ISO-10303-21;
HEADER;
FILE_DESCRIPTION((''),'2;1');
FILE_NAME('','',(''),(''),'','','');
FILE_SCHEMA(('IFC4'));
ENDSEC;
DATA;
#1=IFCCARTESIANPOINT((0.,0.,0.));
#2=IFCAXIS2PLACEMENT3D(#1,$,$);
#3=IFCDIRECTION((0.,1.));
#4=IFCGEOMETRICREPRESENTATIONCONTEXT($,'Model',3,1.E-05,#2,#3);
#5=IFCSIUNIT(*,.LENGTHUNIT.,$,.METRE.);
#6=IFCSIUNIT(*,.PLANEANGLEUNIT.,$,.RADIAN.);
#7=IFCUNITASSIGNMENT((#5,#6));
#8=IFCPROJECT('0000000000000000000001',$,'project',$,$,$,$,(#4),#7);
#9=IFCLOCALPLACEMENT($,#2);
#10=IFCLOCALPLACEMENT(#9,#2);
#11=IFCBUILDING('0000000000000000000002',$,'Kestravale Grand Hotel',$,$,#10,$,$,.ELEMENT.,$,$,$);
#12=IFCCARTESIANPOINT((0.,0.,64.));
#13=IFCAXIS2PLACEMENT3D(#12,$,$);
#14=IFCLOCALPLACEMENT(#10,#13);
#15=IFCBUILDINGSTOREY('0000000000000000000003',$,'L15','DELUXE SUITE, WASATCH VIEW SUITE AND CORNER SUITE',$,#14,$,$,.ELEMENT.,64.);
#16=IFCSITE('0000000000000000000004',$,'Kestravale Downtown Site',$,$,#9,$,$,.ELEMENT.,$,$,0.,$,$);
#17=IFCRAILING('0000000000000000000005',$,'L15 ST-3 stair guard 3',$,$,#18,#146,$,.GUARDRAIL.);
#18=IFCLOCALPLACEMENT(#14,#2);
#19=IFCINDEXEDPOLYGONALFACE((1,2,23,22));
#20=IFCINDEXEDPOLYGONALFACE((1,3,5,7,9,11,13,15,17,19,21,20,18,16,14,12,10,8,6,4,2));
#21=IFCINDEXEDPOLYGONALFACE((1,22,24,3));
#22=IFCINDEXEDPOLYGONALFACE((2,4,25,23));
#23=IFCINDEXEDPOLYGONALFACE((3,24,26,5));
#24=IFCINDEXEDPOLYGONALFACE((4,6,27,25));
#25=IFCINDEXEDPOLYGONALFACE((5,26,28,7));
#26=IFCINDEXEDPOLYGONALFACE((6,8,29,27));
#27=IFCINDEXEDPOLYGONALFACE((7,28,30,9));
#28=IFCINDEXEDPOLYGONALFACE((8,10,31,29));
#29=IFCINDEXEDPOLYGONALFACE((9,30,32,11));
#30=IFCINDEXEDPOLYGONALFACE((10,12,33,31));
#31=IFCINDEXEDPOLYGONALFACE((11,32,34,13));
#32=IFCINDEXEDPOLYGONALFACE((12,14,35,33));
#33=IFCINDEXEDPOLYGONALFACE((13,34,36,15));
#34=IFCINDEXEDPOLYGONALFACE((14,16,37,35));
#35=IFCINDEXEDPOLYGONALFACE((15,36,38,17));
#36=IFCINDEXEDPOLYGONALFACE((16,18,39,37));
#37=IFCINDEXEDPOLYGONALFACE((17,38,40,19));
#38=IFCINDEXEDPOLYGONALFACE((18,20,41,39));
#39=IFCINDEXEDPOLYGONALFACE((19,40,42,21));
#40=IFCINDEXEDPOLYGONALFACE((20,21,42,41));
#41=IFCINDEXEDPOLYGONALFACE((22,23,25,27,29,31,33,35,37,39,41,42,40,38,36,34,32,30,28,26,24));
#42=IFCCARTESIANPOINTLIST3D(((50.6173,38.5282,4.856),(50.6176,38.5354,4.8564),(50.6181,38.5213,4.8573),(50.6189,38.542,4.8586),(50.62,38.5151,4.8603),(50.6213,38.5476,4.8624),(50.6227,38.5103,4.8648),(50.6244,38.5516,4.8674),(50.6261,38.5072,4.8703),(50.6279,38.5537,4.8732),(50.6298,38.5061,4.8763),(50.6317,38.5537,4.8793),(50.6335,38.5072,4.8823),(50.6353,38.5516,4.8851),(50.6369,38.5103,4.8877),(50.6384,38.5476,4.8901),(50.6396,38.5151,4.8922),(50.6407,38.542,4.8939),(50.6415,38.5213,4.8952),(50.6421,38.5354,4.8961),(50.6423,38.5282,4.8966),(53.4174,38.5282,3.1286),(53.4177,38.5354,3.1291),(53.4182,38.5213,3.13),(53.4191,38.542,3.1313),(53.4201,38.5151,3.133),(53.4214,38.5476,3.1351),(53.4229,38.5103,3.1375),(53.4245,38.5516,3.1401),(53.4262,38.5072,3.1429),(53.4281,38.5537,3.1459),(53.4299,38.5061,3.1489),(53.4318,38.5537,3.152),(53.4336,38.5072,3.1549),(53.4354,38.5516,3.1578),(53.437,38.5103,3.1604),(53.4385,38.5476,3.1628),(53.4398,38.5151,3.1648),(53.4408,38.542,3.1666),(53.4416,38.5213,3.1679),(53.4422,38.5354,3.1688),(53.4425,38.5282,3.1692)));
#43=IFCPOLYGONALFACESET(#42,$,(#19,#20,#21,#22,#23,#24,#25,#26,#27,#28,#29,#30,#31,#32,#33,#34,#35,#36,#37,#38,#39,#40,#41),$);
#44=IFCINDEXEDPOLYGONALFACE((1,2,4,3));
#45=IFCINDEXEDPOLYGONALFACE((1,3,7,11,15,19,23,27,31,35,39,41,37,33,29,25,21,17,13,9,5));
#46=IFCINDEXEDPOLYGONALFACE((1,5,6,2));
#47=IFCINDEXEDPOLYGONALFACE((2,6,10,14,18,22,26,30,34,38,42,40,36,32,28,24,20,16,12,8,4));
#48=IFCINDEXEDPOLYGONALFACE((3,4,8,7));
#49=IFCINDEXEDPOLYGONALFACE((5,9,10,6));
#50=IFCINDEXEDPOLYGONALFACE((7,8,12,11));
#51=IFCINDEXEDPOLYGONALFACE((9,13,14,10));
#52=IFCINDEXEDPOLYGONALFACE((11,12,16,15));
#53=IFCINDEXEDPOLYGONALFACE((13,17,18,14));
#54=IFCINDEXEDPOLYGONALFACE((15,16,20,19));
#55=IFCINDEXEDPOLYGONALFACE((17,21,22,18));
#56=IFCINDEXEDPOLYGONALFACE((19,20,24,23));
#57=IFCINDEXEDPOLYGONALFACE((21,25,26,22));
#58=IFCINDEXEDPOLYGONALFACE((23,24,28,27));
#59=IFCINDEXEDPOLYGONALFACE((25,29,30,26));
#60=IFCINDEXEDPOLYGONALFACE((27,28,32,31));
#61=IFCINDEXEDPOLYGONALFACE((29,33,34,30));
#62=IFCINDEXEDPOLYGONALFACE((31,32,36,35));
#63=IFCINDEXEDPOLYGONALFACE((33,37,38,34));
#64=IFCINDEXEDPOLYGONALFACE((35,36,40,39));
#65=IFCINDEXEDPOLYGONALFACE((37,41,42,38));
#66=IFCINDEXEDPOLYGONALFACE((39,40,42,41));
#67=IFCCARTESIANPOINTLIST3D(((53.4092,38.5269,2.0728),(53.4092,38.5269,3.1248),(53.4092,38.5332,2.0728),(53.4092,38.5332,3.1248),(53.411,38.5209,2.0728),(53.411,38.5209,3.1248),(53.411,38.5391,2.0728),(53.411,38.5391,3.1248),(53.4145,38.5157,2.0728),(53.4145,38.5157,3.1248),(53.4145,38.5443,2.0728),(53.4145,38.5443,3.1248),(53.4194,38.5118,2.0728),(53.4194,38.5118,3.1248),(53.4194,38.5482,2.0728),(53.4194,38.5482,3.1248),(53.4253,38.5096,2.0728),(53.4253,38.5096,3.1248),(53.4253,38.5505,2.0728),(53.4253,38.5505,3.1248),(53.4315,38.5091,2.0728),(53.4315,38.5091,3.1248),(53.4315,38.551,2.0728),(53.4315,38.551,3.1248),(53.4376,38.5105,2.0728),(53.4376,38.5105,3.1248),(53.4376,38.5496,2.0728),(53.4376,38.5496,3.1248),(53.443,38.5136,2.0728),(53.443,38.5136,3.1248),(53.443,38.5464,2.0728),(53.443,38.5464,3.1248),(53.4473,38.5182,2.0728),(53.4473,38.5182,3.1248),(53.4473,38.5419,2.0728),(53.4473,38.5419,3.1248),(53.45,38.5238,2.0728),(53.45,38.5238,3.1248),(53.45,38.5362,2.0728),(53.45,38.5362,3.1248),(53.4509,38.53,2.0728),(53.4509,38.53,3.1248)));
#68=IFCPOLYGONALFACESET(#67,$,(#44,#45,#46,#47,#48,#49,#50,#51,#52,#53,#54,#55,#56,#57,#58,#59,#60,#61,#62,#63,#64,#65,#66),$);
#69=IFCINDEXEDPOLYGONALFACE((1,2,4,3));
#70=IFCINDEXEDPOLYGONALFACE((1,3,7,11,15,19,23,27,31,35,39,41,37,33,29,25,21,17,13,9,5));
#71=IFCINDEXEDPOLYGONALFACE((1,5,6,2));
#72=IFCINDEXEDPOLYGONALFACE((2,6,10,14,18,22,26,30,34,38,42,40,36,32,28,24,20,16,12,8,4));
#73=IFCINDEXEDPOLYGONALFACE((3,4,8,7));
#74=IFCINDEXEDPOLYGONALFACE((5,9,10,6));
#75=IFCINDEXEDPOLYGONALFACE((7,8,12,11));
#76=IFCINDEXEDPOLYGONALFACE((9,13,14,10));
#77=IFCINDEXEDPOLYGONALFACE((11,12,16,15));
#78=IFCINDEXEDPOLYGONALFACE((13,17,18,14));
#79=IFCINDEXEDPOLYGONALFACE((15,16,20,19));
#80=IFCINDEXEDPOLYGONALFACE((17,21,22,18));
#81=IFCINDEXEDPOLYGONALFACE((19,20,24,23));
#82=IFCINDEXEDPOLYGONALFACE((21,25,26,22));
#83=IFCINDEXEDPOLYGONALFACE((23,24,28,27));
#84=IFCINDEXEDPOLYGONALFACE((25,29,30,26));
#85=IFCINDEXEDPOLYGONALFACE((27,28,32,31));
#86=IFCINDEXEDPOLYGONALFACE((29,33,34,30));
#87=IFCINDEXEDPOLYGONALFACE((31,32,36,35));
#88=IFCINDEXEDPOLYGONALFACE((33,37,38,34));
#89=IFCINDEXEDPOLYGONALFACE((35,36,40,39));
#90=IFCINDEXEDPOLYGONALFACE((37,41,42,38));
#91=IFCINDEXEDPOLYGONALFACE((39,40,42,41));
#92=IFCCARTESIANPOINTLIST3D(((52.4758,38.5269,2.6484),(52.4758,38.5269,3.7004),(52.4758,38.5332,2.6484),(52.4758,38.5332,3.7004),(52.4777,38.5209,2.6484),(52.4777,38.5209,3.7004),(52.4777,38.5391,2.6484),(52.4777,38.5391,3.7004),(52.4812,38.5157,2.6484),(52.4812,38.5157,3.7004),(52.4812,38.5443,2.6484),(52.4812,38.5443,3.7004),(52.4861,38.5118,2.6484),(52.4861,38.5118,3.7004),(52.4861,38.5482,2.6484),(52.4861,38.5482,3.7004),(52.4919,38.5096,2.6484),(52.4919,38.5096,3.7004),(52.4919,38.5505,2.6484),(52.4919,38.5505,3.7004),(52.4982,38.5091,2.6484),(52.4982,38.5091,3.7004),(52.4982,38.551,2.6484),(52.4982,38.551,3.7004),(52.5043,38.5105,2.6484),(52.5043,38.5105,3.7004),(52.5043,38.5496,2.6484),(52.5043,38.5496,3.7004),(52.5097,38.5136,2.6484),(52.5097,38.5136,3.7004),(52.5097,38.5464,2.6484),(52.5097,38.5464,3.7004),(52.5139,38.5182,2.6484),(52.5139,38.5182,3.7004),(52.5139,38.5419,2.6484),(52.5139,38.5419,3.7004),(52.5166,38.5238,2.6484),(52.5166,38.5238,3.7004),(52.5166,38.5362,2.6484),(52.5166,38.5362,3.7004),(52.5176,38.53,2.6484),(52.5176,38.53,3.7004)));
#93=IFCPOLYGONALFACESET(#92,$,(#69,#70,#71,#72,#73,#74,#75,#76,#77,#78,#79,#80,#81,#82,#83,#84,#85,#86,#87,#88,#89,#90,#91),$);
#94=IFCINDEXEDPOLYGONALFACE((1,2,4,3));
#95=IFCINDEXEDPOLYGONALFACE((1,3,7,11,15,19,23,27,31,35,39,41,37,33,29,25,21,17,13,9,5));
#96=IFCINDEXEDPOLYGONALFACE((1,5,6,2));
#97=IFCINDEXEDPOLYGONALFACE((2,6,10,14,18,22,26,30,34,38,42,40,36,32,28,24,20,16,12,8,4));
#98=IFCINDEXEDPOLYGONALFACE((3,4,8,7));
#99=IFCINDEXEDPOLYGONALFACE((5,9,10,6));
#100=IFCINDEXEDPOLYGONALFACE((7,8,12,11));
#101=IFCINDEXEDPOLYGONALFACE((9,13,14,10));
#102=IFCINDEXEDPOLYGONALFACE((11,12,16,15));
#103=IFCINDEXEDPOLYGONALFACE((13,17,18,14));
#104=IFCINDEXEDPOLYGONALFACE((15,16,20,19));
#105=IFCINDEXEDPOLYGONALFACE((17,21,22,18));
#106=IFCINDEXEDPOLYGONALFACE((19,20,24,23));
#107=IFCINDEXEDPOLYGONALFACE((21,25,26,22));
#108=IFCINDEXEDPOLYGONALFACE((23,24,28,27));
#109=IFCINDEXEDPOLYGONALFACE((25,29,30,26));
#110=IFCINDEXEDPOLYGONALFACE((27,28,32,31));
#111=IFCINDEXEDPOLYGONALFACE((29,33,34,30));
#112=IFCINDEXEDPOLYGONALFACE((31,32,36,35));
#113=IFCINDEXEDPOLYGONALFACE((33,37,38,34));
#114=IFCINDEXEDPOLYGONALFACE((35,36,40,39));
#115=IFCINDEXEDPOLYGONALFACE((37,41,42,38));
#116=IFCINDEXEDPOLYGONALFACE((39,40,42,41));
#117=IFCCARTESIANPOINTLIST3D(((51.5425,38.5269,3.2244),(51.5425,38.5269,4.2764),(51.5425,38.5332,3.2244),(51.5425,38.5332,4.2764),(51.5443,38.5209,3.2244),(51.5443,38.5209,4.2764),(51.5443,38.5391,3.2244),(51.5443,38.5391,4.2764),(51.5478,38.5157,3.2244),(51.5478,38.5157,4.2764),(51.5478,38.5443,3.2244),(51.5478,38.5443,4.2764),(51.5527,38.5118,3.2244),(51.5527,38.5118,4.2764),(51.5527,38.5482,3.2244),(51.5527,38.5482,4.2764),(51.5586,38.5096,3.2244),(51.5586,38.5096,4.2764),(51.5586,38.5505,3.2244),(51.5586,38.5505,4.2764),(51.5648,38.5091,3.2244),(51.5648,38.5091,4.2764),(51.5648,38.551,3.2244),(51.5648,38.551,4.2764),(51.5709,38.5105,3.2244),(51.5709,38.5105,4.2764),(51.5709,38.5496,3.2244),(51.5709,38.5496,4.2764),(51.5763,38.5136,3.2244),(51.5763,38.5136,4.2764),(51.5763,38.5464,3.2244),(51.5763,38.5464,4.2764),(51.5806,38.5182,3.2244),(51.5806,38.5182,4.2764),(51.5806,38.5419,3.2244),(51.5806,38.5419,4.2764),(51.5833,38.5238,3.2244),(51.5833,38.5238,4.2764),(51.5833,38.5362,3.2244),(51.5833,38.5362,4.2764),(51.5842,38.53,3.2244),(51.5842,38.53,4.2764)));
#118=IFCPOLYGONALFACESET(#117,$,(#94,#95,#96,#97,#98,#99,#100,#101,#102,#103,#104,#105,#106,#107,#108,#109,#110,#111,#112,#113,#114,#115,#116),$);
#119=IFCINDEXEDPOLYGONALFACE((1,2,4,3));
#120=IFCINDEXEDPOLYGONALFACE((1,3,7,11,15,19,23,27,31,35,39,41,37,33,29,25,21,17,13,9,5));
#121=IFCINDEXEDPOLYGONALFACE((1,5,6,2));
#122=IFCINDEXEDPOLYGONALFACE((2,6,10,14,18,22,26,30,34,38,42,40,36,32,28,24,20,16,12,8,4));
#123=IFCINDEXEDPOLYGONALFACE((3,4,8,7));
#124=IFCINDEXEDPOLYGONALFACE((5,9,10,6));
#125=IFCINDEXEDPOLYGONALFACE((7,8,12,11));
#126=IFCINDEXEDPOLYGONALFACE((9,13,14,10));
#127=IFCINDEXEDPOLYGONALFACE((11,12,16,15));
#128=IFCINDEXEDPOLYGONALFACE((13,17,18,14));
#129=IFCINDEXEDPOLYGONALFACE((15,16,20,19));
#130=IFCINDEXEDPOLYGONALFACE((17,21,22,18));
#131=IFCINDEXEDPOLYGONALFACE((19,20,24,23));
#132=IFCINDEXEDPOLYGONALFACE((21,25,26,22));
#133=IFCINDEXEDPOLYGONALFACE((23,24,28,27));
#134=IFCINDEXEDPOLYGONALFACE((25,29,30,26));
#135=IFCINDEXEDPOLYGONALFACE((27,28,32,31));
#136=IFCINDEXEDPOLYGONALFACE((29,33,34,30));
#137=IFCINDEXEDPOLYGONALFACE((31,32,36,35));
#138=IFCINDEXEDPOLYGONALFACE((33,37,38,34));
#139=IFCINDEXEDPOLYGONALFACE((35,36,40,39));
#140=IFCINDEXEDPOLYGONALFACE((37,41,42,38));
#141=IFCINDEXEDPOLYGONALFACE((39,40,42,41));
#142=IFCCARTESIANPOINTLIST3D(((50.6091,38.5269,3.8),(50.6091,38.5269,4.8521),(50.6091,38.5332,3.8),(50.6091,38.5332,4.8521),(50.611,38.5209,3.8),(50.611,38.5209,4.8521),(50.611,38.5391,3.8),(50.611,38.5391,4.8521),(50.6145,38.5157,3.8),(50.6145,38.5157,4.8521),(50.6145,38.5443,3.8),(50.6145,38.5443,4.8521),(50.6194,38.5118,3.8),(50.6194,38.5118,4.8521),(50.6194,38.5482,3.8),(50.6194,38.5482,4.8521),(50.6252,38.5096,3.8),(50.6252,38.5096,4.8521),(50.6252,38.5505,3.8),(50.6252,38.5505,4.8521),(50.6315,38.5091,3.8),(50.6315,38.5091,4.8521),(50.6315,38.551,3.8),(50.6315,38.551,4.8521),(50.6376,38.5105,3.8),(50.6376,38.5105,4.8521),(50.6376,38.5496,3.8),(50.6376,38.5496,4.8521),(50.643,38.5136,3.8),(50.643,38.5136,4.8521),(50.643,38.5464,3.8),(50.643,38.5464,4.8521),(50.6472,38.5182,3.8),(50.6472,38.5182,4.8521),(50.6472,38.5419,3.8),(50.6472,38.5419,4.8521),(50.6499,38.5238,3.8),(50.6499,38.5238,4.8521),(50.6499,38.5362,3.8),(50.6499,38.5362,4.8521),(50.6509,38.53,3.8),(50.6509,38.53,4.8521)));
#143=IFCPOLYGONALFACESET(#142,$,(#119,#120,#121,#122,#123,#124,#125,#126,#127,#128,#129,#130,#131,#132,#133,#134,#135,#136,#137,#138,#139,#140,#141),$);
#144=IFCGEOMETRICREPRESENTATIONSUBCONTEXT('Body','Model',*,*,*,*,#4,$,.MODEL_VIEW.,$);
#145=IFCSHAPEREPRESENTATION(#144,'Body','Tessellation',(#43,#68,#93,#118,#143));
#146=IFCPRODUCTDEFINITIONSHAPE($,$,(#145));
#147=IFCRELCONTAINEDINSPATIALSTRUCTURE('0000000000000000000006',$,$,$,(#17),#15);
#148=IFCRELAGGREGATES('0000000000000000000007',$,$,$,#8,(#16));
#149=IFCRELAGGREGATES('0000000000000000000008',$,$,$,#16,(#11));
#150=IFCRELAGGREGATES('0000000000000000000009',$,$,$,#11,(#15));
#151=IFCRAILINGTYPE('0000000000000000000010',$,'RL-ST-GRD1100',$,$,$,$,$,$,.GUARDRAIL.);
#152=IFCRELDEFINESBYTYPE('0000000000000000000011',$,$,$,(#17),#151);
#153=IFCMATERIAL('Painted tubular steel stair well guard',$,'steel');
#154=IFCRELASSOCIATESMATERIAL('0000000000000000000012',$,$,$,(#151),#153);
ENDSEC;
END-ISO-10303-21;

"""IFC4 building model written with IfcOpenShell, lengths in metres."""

from ifc_helpers import new_model, si_unit, direction, frame, origin, origin_2d, place, context, subcontext, project, spatial, circle, extrude, material, type_object, element, save


model = new_model("IFC4")

# Units and contexts
model_context = context("Model", 3, precision=1e-05, world=origin(), true_north=direction((0.0, 1.0)))
body_context = subcontext(model_context, "Body", "Model", "MODEL_VIEW")
ifc_project = project(units=[si_unit("LENGTHUNIT", "METRE"), si_unit("PLANEANGLEUNIT", "RADIAN")], contexts=[model_context])

# Site, building, storey
site_placement = place(None, origin())
site = spatial("IfcSite", under=ifc_project, at=site_placement, Name="Kestravale Downtown Site", CompositionType="ELEMENT", RefElevation=0.0)
building_placement = place(site_placement, origin())
building = spatial("IfcBuilding", under=site, at=building_placement, Name="Kestravale Grand Hotel", CompositionType="ELEMENT")
storey_placement = place(building_placement, frame((0.0, 0.0, 64.0)))
storey = spatial("IfcBuildingStorey", under=building, at=storey_placement, Name="L15", Description="DELUXE SUITE, WASATCH VIEW SUITE AND CORNER SUITE", CompositionType="ELEMENT", Elevation=64.0)

# Railing
ifc_material_1 = material(Name="Painted tubular steel stair well guard", Category="steel")
railing_type_1 = type_object("IfcRailingType", Name="RL-ST-GRD1100", PredefinedType="GUARDRAIL", material=ifc_material_1)
railing_1_placement = place(storey_placement, frame((53.4299, 38.53, 2.0728)))
element("IfcRailing", 1, at=railing_1_placement, inside=storey, type_object=railing_type_1, Name="L15 ST-3 stair guard 3", PredefinedType="GUARDRAIL", context=body_context, shape_type="SweptSolid", body=[
    extrude(circle(Radius=0.0239, at=origin_2d()), frame((0.0, 0.0, 1.0762), z_axis=(-0.85109, 0.0, 0.52502), x_axis=(0.0, -1.0, 0.0)), (0.0, 0.0, 1.0), 3.29),
    extrude(circle(Radius=0.021, at=origin_2d()), origin(), (0.0, 0.0, 1.0), 1.052),
    extrude(circle(Radius=0.021, at=origin_2d()), frame((-0.9333, 0.0, 0.5757)), (0.0, 0.0, 1.0), 1.052),
    extrude(circle(Radius=0.021, at=origin_2d()), frame((-1.8667, 0.0, 1.1516)), (0.0, 0.0, 1.0), 1.052),
    extrude(circle(Radius=0.021, at=origin_2d()), frame((-2.8, 0.0, 1.7273)), (0.0, 0.0, 1.0), 1.052),
])

save(model, "model.ifc")
